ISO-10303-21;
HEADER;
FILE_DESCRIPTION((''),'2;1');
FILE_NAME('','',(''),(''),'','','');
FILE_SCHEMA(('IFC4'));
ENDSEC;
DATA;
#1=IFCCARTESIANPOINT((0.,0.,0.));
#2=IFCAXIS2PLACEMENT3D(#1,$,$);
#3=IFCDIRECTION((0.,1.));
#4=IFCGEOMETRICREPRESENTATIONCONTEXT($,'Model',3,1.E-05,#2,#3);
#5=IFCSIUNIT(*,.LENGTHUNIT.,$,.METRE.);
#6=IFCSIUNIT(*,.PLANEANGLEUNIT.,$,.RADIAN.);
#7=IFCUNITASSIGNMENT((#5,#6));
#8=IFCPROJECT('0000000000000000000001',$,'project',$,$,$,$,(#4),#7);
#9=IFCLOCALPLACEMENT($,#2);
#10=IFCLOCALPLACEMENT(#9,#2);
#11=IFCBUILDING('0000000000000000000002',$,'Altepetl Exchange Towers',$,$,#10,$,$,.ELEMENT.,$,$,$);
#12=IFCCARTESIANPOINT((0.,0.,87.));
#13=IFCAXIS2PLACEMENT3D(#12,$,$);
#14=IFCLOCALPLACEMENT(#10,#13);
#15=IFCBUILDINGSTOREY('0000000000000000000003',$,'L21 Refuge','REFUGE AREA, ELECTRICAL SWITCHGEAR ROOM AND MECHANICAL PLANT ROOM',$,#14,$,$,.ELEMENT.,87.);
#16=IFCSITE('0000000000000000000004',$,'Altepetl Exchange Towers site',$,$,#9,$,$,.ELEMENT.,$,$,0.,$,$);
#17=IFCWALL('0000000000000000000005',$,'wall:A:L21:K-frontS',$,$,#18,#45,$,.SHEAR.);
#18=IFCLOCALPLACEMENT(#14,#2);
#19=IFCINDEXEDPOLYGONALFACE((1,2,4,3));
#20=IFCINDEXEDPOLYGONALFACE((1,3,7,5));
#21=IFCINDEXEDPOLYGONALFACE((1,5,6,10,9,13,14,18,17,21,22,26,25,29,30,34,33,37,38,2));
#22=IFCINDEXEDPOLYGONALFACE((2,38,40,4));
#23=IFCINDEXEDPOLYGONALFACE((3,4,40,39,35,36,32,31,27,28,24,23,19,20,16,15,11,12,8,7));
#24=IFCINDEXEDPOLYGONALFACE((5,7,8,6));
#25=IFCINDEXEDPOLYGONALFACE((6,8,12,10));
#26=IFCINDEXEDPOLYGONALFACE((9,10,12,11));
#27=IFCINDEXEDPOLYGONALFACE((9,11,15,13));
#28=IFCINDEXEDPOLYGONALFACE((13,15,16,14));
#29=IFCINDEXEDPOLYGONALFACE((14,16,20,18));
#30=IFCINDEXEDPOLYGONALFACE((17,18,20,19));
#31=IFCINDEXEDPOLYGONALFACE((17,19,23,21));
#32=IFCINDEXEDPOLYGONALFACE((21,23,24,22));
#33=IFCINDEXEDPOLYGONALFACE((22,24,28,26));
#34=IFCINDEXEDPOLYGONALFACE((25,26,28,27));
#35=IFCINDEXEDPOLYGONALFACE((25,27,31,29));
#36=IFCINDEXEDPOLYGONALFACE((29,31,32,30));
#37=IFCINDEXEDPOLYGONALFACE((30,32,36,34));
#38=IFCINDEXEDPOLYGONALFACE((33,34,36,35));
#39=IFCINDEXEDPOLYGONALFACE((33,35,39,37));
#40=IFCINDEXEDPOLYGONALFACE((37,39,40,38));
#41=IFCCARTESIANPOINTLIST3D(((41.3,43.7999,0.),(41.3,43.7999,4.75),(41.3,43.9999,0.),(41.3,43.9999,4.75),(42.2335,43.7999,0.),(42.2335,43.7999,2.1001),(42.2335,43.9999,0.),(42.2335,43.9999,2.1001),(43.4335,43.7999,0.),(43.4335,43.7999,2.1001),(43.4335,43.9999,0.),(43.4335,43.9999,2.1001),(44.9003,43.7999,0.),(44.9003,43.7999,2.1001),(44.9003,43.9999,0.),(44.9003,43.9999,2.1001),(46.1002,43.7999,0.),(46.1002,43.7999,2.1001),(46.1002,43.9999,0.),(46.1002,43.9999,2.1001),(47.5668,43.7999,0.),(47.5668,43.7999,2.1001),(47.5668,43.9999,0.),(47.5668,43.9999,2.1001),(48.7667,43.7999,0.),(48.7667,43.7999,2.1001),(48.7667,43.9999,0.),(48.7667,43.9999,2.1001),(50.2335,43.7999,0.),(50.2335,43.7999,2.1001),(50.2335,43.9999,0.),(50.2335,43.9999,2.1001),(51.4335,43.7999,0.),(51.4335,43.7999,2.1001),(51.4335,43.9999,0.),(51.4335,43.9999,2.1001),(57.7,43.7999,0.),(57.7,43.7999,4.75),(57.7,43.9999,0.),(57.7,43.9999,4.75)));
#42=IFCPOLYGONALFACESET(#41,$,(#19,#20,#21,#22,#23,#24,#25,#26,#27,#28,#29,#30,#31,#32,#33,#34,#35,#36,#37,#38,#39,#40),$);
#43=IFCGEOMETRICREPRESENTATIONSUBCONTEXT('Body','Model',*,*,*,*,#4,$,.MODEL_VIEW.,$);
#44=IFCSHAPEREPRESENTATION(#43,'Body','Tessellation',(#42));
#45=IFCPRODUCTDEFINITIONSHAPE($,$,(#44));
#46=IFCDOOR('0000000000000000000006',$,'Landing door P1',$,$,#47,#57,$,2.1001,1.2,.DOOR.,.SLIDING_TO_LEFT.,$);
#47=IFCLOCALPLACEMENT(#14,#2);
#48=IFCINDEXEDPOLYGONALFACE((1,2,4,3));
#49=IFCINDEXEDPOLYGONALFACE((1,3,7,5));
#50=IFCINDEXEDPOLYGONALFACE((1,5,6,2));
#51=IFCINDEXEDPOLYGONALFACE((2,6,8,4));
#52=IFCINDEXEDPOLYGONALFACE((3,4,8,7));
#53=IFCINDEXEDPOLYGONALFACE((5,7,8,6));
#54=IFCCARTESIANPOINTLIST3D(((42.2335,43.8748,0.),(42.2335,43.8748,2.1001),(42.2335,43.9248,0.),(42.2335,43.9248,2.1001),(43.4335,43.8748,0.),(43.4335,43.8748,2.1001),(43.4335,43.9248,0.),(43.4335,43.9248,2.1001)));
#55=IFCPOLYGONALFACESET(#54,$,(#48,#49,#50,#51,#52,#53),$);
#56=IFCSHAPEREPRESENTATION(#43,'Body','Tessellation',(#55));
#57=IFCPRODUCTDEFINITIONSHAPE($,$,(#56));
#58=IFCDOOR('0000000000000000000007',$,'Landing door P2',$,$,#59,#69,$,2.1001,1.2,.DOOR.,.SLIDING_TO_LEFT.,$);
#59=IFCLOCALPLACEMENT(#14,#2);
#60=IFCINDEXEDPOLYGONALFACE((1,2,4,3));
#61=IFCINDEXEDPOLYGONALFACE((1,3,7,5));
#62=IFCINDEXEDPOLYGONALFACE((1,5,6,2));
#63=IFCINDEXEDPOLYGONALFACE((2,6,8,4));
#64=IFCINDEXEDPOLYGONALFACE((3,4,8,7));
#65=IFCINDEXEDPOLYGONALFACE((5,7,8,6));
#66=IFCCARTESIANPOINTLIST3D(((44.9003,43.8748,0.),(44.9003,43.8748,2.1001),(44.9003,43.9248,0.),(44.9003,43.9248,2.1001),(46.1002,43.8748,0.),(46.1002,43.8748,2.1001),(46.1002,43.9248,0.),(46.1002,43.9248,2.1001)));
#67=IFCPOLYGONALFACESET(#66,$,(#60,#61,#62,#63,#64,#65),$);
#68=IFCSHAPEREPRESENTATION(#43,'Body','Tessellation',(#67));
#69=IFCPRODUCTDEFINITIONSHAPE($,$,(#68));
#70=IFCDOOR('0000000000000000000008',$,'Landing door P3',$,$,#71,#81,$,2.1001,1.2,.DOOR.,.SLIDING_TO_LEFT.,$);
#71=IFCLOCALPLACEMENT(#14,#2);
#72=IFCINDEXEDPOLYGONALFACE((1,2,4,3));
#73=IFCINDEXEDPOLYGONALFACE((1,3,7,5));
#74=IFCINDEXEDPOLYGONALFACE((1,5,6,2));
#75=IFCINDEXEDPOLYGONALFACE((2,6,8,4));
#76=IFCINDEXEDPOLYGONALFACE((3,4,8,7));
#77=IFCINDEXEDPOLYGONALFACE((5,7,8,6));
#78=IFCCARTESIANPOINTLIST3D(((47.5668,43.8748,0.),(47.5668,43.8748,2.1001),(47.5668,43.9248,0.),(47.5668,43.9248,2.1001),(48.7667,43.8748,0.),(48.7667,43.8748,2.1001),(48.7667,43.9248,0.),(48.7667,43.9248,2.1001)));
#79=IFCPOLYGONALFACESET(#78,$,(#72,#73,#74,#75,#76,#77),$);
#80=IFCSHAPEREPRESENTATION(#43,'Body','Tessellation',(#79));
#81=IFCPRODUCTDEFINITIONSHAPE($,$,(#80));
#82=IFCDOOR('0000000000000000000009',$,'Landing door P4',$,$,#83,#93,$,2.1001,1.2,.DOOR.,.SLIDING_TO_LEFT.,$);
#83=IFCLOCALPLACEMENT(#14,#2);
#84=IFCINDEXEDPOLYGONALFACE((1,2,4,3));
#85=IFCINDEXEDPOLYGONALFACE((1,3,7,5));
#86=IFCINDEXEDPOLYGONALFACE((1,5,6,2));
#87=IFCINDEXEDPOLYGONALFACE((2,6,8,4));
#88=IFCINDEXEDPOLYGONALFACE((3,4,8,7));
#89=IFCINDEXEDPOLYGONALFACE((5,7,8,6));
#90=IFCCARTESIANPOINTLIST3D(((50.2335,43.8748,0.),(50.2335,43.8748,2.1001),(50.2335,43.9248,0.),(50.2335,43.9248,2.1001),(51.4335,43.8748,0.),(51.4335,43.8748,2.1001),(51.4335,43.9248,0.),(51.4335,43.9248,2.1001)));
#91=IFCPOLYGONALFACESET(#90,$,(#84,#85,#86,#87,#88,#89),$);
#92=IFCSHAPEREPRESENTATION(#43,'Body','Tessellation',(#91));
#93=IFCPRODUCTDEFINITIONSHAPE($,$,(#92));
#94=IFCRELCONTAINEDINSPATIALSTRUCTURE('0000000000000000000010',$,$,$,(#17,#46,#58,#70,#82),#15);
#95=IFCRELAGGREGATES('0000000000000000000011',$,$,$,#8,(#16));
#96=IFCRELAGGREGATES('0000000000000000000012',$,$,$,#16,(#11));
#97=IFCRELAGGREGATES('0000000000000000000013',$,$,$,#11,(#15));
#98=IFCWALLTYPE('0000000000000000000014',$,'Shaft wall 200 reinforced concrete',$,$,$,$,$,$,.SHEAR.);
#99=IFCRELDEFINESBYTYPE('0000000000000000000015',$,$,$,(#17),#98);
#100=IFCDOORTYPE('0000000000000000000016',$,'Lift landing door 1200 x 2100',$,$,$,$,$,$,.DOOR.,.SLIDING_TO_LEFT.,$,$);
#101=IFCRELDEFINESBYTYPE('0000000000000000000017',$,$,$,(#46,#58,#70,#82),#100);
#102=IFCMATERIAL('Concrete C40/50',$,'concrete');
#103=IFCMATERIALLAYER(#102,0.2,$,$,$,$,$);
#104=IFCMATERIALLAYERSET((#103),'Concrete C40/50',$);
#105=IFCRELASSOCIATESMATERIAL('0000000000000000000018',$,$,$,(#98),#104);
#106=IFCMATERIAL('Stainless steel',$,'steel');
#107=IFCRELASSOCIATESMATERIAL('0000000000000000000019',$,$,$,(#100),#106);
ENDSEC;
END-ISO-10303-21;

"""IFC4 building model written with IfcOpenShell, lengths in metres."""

from ifc_helpers import new_model, si_unit, direction, frame, frame_2d, origin, place, context, subcontext, project, spatial, rectangle, extrude, material, layer, layer_set, type_object, element, fill, save


model = new_model("IFC4")

# Units and contexts
model_context = context("Model", 3, precision=1e-05, world=origin(), true_north=direction((0.0, 1.0)))
body_context = subcontext(model_context, "Body", "Model", "MODEL_VIEW")
ifc_project = project(units=[si_unit("LENGTHUNIT", "METRE"), si_unit("PLANEANGLEUNIT", "RADIAN")], contexts=[model_context])

# Site, building, storey
site_placement = place(None, origin())
site = spatial("IfcSite", under=ifc_project, at=site_placement, Name="Altepetl Exchange Towers site", CompositionType="ELEMENT", RefElevation=0.0)
building_placement = place(site_placement, origin())
building = spatial("IfcBuilding", under=site, at=building_placement, Name="Altepetl Exchange Towers", CompositionType="ELEMENT")
storey_placement = place(building_placement, frame((0.0, 0.0, 87.0)))
storey = spatial("IfcBuildingStorey", under=building, at=storey_placement, Name="L21 Refuge", Description="REFUGE AREA, ELECTRICAL SWITCHGEAR ROOM AND MECHANICAL PLANT ROOM", CompositionType="ELEMENT", Elevation=87.0)

# Shared definitions
ifc_material_1 = material(Name="Concrete C40/50", Category="concrete")
ifc_layer_1 = layer(ifc_material_1, 0.2)
ifc_layer_set_1 = layer_set([ifc_layer_1], Name="Concrete C40/50")
wall_type_1 = type_object("IfcWallType", Name="Shaft wall 200 reinforced concrete", PredefinedType="SHEAR", material=ifc_layer_set_1)

# Wall, openings, doors
wall_1_placement = place(storey_placement, frame((41.3, 43.8999, 0.0)))
wall_1 = element("IfcWall", 1, at=wall_1_placement, inside=storey, type_object=wall_type_1, Name="wall:A:L21:K-frontS", PredefinedType="SHEAR", context=body_context, shape_type="SweptSolid", body=[
    extrude(rectangle(XDim=16.3999, YDim=0.2, at=frame_2d((8.2, 0.0))), origin(), (0.0, 0.0, 1.0), 4.75),
])
opening_1_placement = place(wall_1_placement, frame((0.9333, 0.0, 0.0)))
opening_1 = element("IfcOpeningElement", 2, at=opening_1_placement, cuts=wall_1, PredefinedType="OPENING", context=body_context, shape_type="SweptSolid", body=[
    extrude(rectangle(XDim=1.2, YDim=2.1001, at=frame_2d((0.6001, 1.05))), frame((0.0, 0.1099, 0.0), z_axis=(0.0, -1.0, 0.0), x_axis=(1.0, 0.0, 0.0)), (0.0, 0.0, 1.0), 0.22),
])
opening_2_placement = place(wall_1_placement, frame((3.6001, 0.0, 0.0)))
opening_2 = element("IfcOpeningElement", 3, at=opening_2_placement, cuts=wall_1, PredefinedType="OPENING", context=body_context, shape_type="SweptSolid", body=[
    extrude(rectangle(XDim=1.2, YDim=2.1001, at=frame_2d((0.6001, 1.05))), frame((0.0, 0.1099, 0.0), z_axis=(0.0, -1.0, 0.0), x_axis=(1.0, 0.0, 0.0)), (0.0, 0.0, 1.0), 0.22),
])
opening_3_placement = place(wall_1_placement, frame((6.2666, 0.0, 0.0)))
opening_3 = element("IfcOpeningElement", 4, at=opening_3_placement, cuts=wall_1, PredefinedType="OPENING", context=body_context, shape_type="SweptSolid", body=[
    extrude(rectangle(XDim=1.2, YDim=2.1001, at=frame_2d((0.6001, 1.05))), frame((0.0, 0.1099, 0.0), z_axis=(0.0, -1.0, 0.0), x_axis=(1.0, 0.0, 0.0)), (0.0, 0.0, 1.0), 0.22),
])
opening_4_placement = place(wall_1_placement, frame((8.9333, 0.0, 0.0)))
opening_4 = element("IfcOpeningElement", 5, at=opening_4_placement, cuts=wall_1, PredefinedType="OPENING", context=body_context, shape_type="SweptSolid", body=[
    extrude(rectangle(XDim=1.2, YDim=2.1001, at=frame_2d((0.6001, 1.05))), frame((0.0, 0.1099, 0.0), z_axis=(0.0, -1.0, 0.0), x_axis=(1.0, 0.0, 0.0)), (0.0, 0.0, 1.0), 0.22),
])
ifc_material_2 = material(Name="Stainless steel", Category="steel")
door_type_1 = type_object("IfcDoorType", Name="Lift landing door 1200 x 2100", OperationType="SLIDING_TO_LEFT", PredefinedType="DOOR", material=ifc_material_2)
door_1_placement = place(opening_1_placement, origin())
door_1 = element("IfcDoor", 6, at=door_1_placement, inside=storey, type_object=door_type_1, Name="Landing door P1", OperationType="SLIDING_TO_LEFT", OverallHeight=2.1001, OverallWidth=1.2, PredefinedType="DOOR", context=body_context, shape_type="SweptSolid", body=[
    extrude(rectangle(XDim=1.2, YDim=2.1001, at=frame_2d((0.6001, 1.05))), frame((0.0, 0.0249, 0.0), z_axis=(0.0, -1.0, 0.0), x_axis=(1.0, 0.0, 0.0)), (0.0, 0.0, 1.0), 0.05),
])
fill(opening_1, door_1)
door_2_placement = place(opening_2_placement, origin())
door_2 = element("IfcDoor", 7, at=door_2_placement, inside=storey, type_object=door_type_1, Name="Landing door P2", OperationType="SLIDING_TO_LEFT", OverallHeight=2.1001, OverallWidth=1.2, PredefinedType="DOOR", context=body_context, shape_type="SweptSolid", body=[
    extrude(rectangle(XDim=1.2, YDim=2.1001, at=frame_2d((0.6001, 1.05))), frame((0.0, 0.0249, 0.0), z_axis=(0.0, -1.0, 0.0), x_axis=(1.0, 0.0, 0.0)), (0.0, 0.0, 1.0), 0.05),
])
fill(opening_2, door_2)
door_3_placement = place(opening_3_placement, origin())
door_3 = element("IfcDoor", 8, at=door_3_placement, inside=storey, type_object=door_type_1, Name="Landing door P3", OperationType="SLIDING_TO_LEFT", OverallHeight=2.1001, OverallWidth=1.2, PredefinedType="DOOR", context=body_context, shape_type="SweptSolid", body=[
    extrude(rectangle(XDim=1.2, YDim=2.1001, at=frame_2d((0.6001, 1.05))), frame((0.0, 0.0249, 0.0), z_axis=(0.0, -1.0, 0.0), x_axis=(1.0, 0.0, 0.0)), (0.0, 0.0, 1.0), 0.05),
])
fill(opening_3, door_3)
door_4_placement = place(opening_4_placement, origin())
door_4 = element("IfcDoor", 9, at=door_4_placement, inside=storey, type_object=door_type_1, Name="Landing door P4", OperationType="SLIDING_TO_LEFT", OverallHeight=2.1001, OverallWidth=1.2, PredefinedType="DOOR", context=body_context, shape_type="SweptSolid", body=[
    extrude(rectangle(XDim=1.2, YDim=2.1001, at=frame_2d((0.6001, 1.05))), frame((0.0, 0.0249, 0.0), z_axis=(0.0, -1.0, 0.0), x_axis=(1.0, 0.0, 0.0)), (0.0, 0.0, 1.0), 0.05),
])
fill(opening_4, door_4)

save(model, "model.ifc")
